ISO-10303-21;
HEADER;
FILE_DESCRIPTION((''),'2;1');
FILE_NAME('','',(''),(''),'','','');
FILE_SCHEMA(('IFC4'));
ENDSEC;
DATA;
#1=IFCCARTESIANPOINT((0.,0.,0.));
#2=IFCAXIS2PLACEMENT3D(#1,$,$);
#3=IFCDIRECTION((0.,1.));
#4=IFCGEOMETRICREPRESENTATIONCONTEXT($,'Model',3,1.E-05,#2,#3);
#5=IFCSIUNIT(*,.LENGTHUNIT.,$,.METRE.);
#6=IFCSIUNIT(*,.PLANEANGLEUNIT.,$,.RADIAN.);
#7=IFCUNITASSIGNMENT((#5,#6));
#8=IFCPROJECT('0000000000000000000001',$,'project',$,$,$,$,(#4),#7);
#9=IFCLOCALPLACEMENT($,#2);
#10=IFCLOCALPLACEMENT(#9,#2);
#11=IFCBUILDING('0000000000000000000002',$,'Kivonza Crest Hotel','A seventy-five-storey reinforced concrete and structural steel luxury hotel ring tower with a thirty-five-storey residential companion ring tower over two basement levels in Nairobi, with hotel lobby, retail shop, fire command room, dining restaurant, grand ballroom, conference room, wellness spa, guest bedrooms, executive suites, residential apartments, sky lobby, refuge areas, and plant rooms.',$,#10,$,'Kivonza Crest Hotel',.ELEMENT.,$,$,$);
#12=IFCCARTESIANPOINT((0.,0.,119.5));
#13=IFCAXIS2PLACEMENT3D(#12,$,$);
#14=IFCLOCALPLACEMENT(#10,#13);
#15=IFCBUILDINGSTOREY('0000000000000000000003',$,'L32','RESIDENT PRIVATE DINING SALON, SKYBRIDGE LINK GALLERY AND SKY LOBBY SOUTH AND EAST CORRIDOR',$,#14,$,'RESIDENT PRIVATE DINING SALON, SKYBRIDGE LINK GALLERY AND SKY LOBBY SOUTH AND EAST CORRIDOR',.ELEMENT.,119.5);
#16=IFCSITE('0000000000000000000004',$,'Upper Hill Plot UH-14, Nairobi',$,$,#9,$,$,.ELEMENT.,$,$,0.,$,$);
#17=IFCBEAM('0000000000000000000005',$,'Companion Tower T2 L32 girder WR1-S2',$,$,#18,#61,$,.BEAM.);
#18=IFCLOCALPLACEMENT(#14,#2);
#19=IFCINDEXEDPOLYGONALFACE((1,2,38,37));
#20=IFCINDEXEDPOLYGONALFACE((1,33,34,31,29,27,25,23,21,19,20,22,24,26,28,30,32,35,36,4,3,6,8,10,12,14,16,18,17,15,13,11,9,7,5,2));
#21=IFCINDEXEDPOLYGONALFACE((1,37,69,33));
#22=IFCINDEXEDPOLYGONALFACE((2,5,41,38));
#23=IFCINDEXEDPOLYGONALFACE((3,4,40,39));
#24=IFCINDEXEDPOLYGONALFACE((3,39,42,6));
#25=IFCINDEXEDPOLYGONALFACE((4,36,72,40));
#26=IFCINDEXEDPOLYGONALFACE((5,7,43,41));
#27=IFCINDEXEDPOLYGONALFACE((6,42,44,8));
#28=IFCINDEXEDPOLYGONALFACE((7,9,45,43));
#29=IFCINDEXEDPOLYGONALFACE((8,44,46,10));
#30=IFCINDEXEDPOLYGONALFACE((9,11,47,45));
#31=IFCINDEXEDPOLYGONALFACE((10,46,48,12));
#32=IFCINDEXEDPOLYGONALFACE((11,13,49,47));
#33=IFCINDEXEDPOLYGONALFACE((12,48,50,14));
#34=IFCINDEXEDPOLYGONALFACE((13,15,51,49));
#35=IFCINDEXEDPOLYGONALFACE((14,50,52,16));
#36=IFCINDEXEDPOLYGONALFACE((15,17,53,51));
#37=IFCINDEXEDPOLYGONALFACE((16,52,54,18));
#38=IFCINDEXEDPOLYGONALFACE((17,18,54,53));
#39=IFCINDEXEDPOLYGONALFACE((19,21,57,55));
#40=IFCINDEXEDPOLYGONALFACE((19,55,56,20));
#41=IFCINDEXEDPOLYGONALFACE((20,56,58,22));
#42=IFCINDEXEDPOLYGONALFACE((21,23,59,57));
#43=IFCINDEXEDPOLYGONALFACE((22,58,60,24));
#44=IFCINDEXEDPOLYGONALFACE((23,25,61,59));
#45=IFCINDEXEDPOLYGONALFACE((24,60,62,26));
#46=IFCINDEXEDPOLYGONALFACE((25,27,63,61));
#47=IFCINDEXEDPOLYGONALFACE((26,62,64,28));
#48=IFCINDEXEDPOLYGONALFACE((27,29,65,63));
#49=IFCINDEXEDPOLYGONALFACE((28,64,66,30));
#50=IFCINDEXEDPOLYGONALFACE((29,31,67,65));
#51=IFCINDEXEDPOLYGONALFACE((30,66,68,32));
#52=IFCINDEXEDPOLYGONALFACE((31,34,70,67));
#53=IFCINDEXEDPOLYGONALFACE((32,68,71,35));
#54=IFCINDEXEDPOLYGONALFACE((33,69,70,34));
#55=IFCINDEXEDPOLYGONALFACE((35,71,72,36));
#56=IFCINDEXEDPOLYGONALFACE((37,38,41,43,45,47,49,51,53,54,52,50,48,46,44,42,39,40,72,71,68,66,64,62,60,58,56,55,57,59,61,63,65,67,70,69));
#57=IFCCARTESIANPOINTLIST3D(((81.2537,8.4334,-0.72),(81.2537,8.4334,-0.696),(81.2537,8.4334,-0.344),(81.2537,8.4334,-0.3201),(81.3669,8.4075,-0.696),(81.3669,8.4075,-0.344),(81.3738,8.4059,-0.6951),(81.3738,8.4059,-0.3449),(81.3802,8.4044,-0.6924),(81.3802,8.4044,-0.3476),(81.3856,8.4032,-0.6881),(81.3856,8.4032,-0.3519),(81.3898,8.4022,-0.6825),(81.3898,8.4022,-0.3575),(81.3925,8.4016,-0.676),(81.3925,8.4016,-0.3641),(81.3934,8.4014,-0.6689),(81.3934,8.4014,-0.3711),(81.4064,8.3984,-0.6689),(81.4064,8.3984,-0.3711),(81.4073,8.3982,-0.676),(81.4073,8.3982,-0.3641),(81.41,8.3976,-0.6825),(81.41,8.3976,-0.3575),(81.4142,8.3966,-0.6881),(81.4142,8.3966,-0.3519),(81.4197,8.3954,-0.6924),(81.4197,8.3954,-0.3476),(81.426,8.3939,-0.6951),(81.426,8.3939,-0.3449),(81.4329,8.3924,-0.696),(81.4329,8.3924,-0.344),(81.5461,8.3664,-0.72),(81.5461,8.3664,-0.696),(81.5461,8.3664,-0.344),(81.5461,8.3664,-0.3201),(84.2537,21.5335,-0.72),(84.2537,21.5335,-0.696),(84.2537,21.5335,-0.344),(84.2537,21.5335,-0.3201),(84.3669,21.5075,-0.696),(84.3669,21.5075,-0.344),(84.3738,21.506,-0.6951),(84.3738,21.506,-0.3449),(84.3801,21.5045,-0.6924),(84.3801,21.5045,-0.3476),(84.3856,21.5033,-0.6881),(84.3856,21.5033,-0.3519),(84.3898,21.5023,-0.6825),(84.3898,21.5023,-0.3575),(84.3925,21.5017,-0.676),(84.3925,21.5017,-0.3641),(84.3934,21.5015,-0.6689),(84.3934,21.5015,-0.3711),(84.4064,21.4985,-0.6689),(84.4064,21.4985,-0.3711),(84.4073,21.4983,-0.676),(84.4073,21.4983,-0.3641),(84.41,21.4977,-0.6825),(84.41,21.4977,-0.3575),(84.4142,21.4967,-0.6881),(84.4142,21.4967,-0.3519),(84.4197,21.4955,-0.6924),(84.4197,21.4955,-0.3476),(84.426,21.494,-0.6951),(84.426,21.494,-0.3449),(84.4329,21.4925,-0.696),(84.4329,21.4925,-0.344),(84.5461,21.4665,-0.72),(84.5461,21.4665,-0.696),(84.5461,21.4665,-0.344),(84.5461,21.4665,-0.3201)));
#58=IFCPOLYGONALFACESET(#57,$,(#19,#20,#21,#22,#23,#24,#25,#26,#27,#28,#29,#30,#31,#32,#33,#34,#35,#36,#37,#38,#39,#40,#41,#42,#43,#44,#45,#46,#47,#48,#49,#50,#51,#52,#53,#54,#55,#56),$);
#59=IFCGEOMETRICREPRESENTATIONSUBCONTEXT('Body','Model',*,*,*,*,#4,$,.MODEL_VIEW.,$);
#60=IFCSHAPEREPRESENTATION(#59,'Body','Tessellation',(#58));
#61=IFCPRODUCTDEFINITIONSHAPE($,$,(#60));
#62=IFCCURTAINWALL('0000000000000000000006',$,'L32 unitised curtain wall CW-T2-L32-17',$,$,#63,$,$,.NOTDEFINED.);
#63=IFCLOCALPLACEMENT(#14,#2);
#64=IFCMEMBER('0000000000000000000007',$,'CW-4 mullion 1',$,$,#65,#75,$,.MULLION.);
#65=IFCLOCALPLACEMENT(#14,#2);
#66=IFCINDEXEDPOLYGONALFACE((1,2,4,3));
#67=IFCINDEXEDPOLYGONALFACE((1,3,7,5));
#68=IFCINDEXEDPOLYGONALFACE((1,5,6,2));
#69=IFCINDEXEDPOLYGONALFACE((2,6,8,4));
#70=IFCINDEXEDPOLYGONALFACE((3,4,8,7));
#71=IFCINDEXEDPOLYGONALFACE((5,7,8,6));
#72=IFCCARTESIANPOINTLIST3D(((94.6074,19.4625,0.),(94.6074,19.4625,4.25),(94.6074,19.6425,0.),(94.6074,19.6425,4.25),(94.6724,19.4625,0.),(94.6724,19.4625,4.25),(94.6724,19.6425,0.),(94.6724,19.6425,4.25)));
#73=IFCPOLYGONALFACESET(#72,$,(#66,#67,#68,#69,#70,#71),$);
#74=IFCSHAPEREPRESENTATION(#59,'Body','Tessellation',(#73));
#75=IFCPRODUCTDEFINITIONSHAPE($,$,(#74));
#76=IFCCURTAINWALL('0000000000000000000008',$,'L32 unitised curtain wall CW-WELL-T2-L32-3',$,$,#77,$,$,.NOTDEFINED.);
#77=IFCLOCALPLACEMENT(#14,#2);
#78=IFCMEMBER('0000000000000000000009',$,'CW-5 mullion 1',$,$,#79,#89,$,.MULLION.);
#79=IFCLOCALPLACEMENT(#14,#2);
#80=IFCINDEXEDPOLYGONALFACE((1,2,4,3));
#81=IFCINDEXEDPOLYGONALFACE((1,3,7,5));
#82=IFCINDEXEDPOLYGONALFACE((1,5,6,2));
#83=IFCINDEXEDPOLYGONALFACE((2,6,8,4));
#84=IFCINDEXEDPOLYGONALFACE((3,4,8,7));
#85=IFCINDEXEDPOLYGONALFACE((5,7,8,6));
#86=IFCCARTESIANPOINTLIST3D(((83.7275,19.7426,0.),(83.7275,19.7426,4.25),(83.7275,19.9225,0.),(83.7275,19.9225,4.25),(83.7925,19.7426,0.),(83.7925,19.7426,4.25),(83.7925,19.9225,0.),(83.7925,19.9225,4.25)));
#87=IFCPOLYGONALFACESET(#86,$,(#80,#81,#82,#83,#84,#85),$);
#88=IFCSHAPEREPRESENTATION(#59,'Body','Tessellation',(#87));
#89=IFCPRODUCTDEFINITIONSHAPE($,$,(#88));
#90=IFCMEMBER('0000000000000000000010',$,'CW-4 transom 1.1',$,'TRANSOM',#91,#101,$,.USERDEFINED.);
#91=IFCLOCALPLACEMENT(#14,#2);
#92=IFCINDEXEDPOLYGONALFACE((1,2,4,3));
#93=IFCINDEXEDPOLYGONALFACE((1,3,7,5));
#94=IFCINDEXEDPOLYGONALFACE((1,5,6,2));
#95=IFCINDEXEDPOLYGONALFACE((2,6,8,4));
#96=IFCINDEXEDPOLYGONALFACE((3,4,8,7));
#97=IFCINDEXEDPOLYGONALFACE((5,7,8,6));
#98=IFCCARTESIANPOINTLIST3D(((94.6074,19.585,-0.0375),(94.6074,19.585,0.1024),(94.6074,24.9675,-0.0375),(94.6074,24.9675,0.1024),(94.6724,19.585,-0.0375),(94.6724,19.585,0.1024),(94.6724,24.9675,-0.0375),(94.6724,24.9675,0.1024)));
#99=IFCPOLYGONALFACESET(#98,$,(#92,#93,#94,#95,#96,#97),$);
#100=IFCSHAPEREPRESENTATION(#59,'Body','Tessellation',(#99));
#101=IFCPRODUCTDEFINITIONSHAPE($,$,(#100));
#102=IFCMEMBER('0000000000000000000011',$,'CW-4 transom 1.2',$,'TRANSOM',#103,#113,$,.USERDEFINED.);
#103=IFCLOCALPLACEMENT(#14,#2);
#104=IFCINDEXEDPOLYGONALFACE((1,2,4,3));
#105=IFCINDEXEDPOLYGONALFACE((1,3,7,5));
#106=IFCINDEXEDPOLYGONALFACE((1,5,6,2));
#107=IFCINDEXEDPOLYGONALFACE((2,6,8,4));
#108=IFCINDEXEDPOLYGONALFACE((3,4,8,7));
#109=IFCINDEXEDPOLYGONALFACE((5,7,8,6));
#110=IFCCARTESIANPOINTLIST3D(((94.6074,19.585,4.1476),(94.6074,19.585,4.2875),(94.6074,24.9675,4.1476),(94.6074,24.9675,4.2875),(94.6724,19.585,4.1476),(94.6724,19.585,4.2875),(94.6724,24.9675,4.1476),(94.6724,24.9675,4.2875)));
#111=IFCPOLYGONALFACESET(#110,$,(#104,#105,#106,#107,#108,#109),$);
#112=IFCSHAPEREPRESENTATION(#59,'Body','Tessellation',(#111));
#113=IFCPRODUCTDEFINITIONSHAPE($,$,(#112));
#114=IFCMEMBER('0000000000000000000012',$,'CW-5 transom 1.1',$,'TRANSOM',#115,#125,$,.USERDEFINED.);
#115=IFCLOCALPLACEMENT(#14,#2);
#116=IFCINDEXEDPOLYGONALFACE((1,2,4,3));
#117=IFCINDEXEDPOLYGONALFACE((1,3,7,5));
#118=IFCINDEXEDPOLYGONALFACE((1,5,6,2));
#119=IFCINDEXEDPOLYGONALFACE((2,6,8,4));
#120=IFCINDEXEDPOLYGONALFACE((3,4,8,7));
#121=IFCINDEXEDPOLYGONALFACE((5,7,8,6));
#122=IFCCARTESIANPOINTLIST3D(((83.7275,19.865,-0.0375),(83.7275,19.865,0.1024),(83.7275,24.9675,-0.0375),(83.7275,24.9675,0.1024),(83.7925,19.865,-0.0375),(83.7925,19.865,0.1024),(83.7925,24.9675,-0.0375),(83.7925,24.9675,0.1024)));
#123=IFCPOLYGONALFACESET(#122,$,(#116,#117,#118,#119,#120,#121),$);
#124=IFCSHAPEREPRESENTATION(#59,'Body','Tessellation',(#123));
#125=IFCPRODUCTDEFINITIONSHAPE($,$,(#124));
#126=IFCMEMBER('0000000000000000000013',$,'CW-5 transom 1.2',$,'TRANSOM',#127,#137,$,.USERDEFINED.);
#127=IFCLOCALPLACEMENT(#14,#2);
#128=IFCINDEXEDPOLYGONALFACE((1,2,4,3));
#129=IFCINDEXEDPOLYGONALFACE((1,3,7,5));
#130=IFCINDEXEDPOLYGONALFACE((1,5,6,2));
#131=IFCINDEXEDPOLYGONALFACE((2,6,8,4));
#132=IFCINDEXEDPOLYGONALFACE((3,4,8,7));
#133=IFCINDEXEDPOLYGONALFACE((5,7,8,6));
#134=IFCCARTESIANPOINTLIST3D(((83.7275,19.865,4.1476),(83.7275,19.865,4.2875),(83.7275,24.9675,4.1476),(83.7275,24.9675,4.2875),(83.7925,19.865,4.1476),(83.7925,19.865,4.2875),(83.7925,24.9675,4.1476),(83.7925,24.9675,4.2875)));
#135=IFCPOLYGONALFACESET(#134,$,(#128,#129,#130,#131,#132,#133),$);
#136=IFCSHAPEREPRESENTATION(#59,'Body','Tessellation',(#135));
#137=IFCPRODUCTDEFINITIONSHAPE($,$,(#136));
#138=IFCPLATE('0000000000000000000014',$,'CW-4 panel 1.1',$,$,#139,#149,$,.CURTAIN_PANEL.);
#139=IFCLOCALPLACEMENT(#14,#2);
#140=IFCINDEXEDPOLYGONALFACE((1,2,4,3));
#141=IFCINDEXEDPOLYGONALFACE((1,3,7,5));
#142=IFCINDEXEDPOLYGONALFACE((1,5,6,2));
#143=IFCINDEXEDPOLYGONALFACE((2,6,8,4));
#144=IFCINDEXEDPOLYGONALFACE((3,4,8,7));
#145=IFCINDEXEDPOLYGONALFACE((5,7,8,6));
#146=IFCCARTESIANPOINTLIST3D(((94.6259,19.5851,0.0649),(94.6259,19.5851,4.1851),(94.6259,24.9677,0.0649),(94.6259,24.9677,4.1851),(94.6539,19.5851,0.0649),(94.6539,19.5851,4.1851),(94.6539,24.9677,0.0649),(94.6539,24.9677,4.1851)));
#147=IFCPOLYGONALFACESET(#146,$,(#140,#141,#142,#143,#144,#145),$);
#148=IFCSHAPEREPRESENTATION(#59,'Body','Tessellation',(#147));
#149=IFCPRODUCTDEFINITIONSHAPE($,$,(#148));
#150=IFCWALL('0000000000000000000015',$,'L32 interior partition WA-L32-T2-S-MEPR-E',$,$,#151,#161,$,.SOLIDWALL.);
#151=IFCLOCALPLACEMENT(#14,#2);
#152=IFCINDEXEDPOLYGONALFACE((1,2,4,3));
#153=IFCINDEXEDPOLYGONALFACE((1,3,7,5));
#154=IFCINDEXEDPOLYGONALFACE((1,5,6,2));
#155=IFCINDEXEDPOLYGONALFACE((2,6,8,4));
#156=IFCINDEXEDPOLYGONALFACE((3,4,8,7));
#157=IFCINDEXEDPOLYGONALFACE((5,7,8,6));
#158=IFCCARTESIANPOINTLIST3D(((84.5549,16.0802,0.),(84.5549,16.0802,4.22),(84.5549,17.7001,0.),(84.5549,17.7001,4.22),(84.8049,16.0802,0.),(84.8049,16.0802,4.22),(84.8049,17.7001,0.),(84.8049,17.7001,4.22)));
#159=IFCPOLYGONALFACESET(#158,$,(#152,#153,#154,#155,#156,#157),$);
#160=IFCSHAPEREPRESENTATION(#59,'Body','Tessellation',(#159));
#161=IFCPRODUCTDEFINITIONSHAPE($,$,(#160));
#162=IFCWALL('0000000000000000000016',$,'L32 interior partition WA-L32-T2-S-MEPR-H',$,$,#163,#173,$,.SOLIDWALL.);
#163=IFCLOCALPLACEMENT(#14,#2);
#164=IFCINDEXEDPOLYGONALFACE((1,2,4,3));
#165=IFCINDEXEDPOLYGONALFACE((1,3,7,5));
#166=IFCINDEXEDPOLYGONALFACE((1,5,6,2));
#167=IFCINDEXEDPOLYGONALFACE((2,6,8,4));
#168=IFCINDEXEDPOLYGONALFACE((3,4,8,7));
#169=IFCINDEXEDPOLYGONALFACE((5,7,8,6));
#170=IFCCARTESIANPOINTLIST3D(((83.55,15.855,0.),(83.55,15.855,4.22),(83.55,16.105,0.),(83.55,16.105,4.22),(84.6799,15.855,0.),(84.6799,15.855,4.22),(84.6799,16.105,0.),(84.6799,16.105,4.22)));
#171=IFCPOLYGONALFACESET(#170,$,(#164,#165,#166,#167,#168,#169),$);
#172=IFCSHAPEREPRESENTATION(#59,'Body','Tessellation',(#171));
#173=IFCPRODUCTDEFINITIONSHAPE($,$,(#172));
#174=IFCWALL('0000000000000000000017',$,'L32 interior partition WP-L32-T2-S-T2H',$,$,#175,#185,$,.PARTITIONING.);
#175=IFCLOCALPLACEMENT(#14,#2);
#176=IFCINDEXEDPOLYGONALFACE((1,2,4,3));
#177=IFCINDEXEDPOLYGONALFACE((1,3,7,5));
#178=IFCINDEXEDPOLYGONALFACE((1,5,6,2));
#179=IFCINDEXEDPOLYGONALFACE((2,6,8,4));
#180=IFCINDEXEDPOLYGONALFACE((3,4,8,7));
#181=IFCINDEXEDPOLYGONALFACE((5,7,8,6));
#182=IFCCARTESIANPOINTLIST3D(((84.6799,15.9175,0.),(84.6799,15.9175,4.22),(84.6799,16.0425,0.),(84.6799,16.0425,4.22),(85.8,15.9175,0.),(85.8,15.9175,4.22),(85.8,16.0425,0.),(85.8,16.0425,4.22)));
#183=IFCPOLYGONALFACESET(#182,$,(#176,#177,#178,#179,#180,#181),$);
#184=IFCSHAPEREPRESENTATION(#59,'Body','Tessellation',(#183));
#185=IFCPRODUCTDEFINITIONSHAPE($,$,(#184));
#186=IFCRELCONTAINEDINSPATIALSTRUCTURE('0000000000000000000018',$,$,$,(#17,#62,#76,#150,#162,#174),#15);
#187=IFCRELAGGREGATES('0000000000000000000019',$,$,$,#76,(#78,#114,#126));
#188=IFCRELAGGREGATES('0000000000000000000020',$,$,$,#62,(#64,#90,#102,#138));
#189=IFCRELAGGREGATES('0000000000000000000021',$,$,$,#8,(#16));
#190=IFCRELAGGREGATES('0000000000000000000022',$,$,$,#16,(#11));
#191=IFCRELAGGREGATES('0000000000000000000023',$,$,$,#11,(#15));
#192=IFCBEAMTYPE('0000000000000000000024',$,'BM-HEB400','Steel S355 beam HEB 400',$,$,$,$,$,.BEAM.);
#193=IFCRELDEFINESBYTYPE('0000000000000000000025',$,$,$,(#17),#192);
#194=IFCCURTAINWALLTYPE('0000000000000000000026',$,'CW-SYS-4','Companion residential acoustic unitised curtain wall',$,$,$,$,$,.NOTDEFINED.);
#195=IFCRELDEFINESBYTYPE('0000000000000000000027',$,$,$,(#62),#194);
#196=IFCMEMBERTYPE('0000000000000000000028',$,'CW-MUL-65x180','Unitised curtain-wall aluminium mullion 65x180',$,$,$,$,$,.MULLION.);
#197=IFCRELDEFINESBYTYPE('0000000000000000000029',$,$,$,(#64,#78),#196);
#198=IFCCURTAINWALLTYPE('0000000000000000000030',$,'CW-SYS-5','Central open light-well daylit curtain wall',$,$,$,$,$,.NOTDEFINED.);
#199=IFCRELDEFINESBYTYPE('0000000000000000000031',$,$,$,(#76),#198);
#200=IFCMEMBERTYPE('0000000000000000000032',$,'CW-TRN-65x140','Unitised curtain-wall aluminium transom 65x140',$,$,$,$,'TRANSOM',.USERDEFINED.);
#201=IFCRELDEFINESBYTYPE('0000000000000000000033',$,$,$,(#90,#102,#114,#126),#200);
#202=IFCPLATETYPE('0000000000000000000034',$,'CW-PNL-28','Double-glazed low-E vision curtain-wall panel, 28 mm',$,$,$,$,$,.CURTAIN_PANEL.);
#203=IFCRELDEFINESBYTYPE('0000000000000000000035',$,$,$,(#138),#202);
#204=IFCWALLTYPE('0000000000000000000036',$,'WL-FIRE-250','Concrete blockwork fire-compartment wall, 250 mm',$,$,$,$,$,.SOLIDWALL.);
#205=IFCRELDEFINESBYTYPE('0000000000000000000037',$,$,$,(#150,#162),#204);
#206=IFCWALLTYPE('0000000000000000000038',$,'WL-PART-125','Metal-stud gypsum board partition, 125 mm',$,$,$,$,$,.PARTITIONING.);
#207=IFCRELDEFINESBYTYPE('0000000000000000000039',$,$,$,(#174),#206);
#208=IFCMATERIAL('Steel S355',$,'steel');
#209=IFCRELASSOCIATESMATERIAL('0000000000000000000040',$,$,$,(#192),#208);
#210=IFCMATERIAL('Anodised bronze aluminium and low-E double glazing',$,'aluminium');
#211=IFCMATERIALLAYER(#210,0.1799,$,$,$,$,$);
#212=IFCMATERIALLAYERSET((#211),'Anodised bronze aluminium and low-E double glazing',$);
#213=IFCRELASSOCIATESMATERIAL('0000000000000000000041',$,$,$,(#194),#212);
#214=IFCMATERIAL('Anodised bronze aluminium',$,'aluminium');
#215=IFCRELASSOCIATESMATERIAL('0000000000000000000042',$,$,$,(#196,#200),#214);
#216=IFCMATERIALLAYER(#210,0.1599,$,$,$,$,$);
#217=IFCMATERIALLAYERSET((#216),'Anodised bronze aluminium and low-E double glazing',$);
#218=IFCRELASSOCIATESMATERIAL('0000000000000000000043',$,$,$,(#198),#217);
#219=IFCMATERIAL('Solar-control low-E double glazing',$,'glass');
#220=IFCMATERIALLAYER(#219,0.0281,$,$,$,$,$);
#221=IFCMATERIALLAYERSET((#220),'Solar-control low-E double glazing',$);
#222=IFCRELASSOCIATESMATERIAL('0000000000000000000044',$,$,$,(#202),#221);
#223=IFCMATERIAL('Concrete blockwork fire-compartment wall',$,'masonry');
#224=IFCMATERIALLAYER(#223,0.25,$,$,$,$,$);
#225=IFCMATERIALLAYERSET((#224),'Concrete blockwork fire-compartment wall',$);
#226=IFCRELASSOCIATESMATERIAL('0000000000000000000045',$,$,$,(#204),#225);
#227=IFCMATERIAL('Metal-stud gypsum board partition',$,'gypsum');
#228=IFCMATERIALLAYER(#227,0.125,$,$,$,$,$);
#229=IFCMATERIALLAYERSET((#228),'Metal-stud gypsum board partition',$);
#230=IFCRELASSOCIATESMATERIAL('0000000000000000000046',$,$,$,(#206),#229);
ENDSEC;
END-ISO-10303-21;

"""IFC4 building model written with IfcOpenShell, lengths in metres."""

from ifc_helpers import new_model, si_unit, direction, frame, frame_2d, origin, origin_2d, place, context, subcontext, project, spatial, rectangle, i_section, extrude, material, layer, layer_set, material_profile, profile_set, type_object, element, aggregate, save


model = new_model("IFC4")

# Units and contexts
model_context = context("Model", 3, precision=1e-05, world=origin(), true_north=direction((0.0, 1.0)))
body_context = subcontext(model_context, "Body", "Model", "MODEL_VIEW")
ifc_project = project(units=[si_unit("LENGTHUNIT", "METRE"), si_unit("PLANEANGLEUNIT", "RADIAN")], contexts=[model_context])

# Site, building, storey
site_placement = place(None, origin())
site = spatial("IfcSite", under=ifc_project, at=site_placement, Name="Upper Hill Plot UH-14, Nairobi", CompositionType="ELEMENT", RefElevation=0.0)
building_placement = place(site_placement, origin())
building = spatial("IfcBuilding", under=site, at=building_placement, Name="Kivonza Crest Hotel", Description="A seventy-five-storey reinforced concrete and structural steel luxury hotel ring tower with a thirty-five-storey residential companion ring tower over two basement levels in Nairobi, with hotel lobby, retail shop, fire command room, dining restaurant, grand ballroom, conference room, wellness spa, guest bedrooms, executive suites, residential apartments, sky lobby, refuge areas, and plant rooms.", LongName="Kivonza Crest Hotel", CompositionType="ELEMENT")
storey_placement = place(building_placement, frame((0.0, 0.0, 119.5)))
storey = spatial("IfcBuildingStorey", under=building, at=storey_placement, Name="L32", Description="RESIDENT PRIVATE DINING SALON, SKYBRIDGE LINK GALLERY AND SKY LOBBY SOUTH AND EAST CORRIDOR", LongName="RESIDENT PRIVATE DINING SALON, SKYBRIDGE LINK GALLERY AND SKY LOBBY SOUTH AND EAST CORRIDOR", CompositionType="ELEMENT", Elevation=119.5)

# Beam
ifc_material_1 = material(Name="Steel S355", Category="steel")
ifc_material_profile_1 = material_profile(ifc_material_1, i_section(OverallWidth=0.3, OverallDepth=0.3999, WebThickness=0.0134, FlangeThickness=0.0239, FilletRadius=0.0271, at=origin_2d()), Name="HEB 400")
ifc_profile_set_1 = profile_set([ifc_material_profile_1], Name="Steel S355")
beam_type_1 = type_object("IfcBeamType", Name="BM-HEB400", Description="Steel S355 beam HEB 400", PredefinedType="BEAM", material=ifc_profile_set_1)
beam_1_placement = place(storey_placement, frame((84.3999, 21.5, -0.52), z_axis=(-0.223227, -0.974766, 0.0), x_axis=(0.974766, -0.223227, 0.0)))
element("IfcBeam", 1, at=beam_1_placement, inside=storey, type_object=beam_type_1, Name="Companion Tower T2 L32 girder WR1-S2", PredefinedType="BEAM", context=body_context, shape_type="SweptSolid", body=[
    extrude(i_section(OverallWidth=0.3, OverallDepth=0.3999, WebThickness=0.0134, FlangeThickness=0.0239, FilletRadius=0.0271, at=origin_2d()), origin(), (0.0, 0.0, 1.0), 13.4392),
])

# Curtain walls, members
ifc_material_2 = material(Name="Anodised bronze aluminium and low-E double glazing", Category="aluminium")
ifc_layer_1 = layer(ifc_material_2, 0.1799)
ifc_layer_set_1 = layer_set([ifc_layer_1], Name="Anodised bronze aluminium and low-E double glazing")
curtain_wall_type_1 = type_object("IfcCurtainWallType", Name="CW-SYS-4", Description="Companion residential acoustic unitised curtain wall", PredefinedType="NOTDEFINED", material=ifc_layer_set_1)
curtain_wall_1_placement = place(storey_placement, origin())
curtain_wall_1 = element("IfcCurtainWall", 2, at=curtain_wall_1_placement, inside=storey, type_object=curtain_wall_type_1, Name="L32 unitised curtain wall CW-T2-L32-17", PredefinedType="NOTDEFINED")
ifc_material_3 = material(Name="Anodised bronze aluminium", Category="aluminium")
ifc_material_profile_2 = material_profile(ifc_material_3, rectangle(XDim=0.0649, YDim=0.1799, at=origin_2d()), Name="CW-M 65x180")
ifc_profile_set_2 = profile_set([ifc_material_profile_2], Name="Anodised bronze aluminium")
member_type_1 = type_object("IfcMemberType", Name="CW-MUL-65x180", Description="Unitised curtain-wall aluminium mullion 65x180", PredefinedType="MULLION", material=ifc_profile_set_2)
member_1_placement = place(storey_placement, frame((94.6399, 19.5525, 0.0), z_axis=(0.0, 0.0, 1.0), x_axis=(-1.0, 0.0, 0.0)))
member_1 = element("IfcMember", 3, at=member_1_placement, type_object=member_type_1, Name="CW-4 mullion 1", PredefinedType="MULLION", context=body_context, shape_type="SweptSolid", body=[
    extrude(rectangle(XDim=0.0649, YDim=0.1799, at=origin_2d()), origin(), (0.0, 0.0, 1.0), 4.25),
])
ifc_layer_2 = layer(ifc_material_2, 0.1599)
ifc_layer_set_2 = layer_set([ifc_layer_2], Name="Anodised bronze aluminium and low-E double glazing")
curtain_wall_type_2 = type_object("IfcCurtainWallType", Name="CW-SYS-5", Description="Central open light-well daylit curtain wall", PredefinedType="NOTDEFINED", material=ifc_layer_set_2)
curtain_wall_2_placement = place(storey_placement, origin())
curtain_wall_2 = element("IfcCurtainWall", 4, at=curtain_wall_2_placement, inside=storey, type_object=curtain_wall_type_2, Name="L32 unitised curtain wall CW-WELL-T2-L32-3", PredefinedType="NOTDEFINED")
member_2_placement = place(storey_placement, frame((83.76, 19.8325, 0.0), z_axis=(0.0, 0.0, 1.0), x_axis=(-1.0, 0.0, 0.0)))
member_2 = element("IfcMember", 5, at=member_2_placement, type_object=member_type_1, Name="CW-5 mullion 1", PredefinedType="MULLION", context=body_context, shape_type="SweptSolid", body=[
    extrude(rectangle(XDim=0.0649, YDim=0.1799, at=origin_2d()), origin(), (0.0, 0.0, 1.0), 4.25),
])

# Members
ifc_material_profile_3 = material_profile(ifc_material_3, rectangle(XDim=0.0649, YDim=0.1399, at=origin_2d()), Name="CW-T 65x140")
ifc_profile_set_3 = profile_set([ifc_material_profile_3], Name="Anodised bronze aluminium")
member_type_2 = type_object("IfcMemberType", Name="CW-TRN-65x140", Description="Unitised curtain-wall aluminium transom 65x140", ElementType="TRANSOM", PredefinedType="USERDEFINED", material=ifc_profile_set_3)
member_3_placement = place(storey_placement, frame((94.6399, 19.585, 0.0325), z_axis=(0.0, 1.0, 0.0), x_axis=(-1.0, 0.0, 0.0)))
member_3 = element("IfcMember", 6, at=member_3_placement, type_object=member_type_2, Name="CW-4 transom 1.1", ObjectType="TRANSOM", PredefinedType="USERDEFINED", context=body_context, shape_type="SweptSolid", body=[
    extrude(rectangle(XDim=0.0649, YDim=0.1399, at=origin_2d()), origin(), (0.0, 0.0, 1.0), 5.3826),
])
member_4_placement = place(storey_placement, frame((94.6399, 19.585, 4.2175), z_axis=(0.0, 1.0, 0.0), x_axis=(-1.0, 0.0, 0.0)))
member_4 = element("IfcMember", 7, at=member_4_placement, type_object=member_type_2, Name="CW-4 transom 1.2", ObjectType="TRANSOM", PredefinedType="USERDEFINED", context=body_context, shape_type="SweptSolid", body=[
    extrude(rectangle(XDim=0.0649, YDim=0.1399, at=origin_2d()), origin(), (0.0, 0.0, 1.0), 5.3826),
])
member_5_placement = place(storey_placement, frame((83.76, 19.865, 0.0325), z_axis=(0.0, 1.0, 0.0), x_axis=(-1.0, 0.0, 0.0)))
member_5 = element("IfcMember", 8, at=member_5_placement, type_object=member_type_2, Name="CW-5 transom 1.1", ObjectType="TRANSOM", PredefinedType="USERDEFINED", context=body_context, shape_type="SweptSolid", body=[
    extrude(rectangle(XDim=0.0649, YDim=0.1399, at=origin_2d()), origin(), (0.0, 0.0, 1.0), 5.1025),
])
member_6_placement = place(storey_placement, frame((83.76, 19.865, 4.2175), z_axis=(0.0, 1.0, 0.0), x_axis=(-1.0, 0.0, 0.0)))
member_6 = element("IfcMember", 9, at=member_6_placement, type_object=member_type_2, Name="CW-5 transom 1.2", ObjectType="TRANSOM", PredefinedType="USERDEFINED", context=body_context, shape_type="SweptSolid", body=[
    extrude(rectangle(XDim=0.0649, YDim=0.1399, at=origin_2d()), origin(), (0.0, 0.0, 1.0), 5.1025),
])
aggregate(curtain_wall_2, [member_2, member_5, member_6])

# Plate
ifc_material_4 = material(Name="Solar-control low-E double glazing", Category="glass")
ifc_layer_3 = layer(ifc_material_4, 0.0281)
ifc_layer_set_3 = layer_set([ifc_layer_3], Name="Solar-control low-E double glazing")
plate_type = type_object("IfcPlateType", Name="CW-PNL-28", Description="Double-glazed low-E vision curtain-wall panel, 28 mm", PredefinedType="CURTAIN_PANEL", material=ifc_layer_set_3)
plate_placement = place(storey_placement, frame((94.6399, 22.2764, 0.0649), z_axis=(0.0, 0.0, 1.0), x_axis=(0.0, 1.0, 0.0)))
plate = element("IfcPlate", 10, at=plate_placement, type_object=plate_type, Name="CW-4 panel 1.1", PredefinedType="CURTAIN_PANEL", context=body_context, shape_type="SweptSolid", body=[
    extrude(rectangle(XDim=5.3826, YDim=0.0281, at=origin_2d()), origin(), (0.0, 0.0, 1.0), 4.1201),
])
aggregate(curtain_wall_1, [member_1, member_3, member_4, plate])

# Walls
ifc_material_5 = material(Name="Concrete blockwork fire-compartment wall", Category="masonry")
ifc_layer_4 = layer(ifc_material_5, 0.25)
ifc_layer_set_4 = layer_set([ifc_layer_4], Name="Concrete blockwork fire-compartment wall")
wall_type_1 = type_object("IfcWallType", Name="WL-FIRE-250", Description="Concrete blockwork fire-compartment wall, 250 mm", PredefinedType="SOLIDWALL", material=ifc_layer_set_4)
wall_1_placement = place(storey_placement, frame((84.6799, 16.0801, 0.0), z_axis=(0.0, 0.0, 1.0), x_axis=(0.0, 1.0, 0.0)))
element("IfcWall", 11, at=wall_1_placement, inside=storey, type_object=wall_type_1, Name="L32 interior partition WA-L32-T2-S-MEPR-E", PredefinedType="SOLIDWALL", context=body_context, shape_type="SweptSolid", body=[
    extrude(rectangle(XDim=1.6199, YDim=0.25, at=frame_2d((0.8101, 0.0))), origin(), (0.0, 0.0, 1.0), 4.22),
])
wall_2_placement = place(storey_placement, frame((83.55, 15.98, 0.0), z_axis=(0.0, 0.0, 1.0), x_axis=(1.0, 0.0, 0.0)))
element("IfcWall", 12, at=wall_2_placement, inside=storey, type_object=wall_type_1, Name="L32 interior partition WA-L32-T2-S-MEPR-H", PredefinedType="SOLIDWALL", context=body_context, shape_type="SweptSolid", body=[
    extrude(rectangle(XDim=1.1299, YDim=0.25, at=frame_2d((0.5649, 0.0))), origin(), (0.0, 0.0, 1.0), 4.22),
])
ifc_material_6 = material(Name="Metal-stud gypsum board partition", Category="gypsum")
ifc_layer_5 = layer(ifc_material_6, 0.125)
ifc_layer_set_5 = layer_set([ifc_layer_5], Name="Metal-stud gypsum board partition")
wall_type_2 = type_object("IfcWallType", Name="WL-PART-125", Description="Metal-stud gypsum board partition, 125 mm", PredefinedType="PARTITIONING", material=ifc_layer_set_5)
wall_3_placement = place(storey_placement, frame((84.6799, 15.98, 0.0), z_axis=(0.0, 0.0, 1.0), x_axis=(1.0, 0.0, 0.0)))
element("IfcWall", 13, at=wall_3_placement, inside=storey, type_object=wall_type_2, Name="L32 interior partition WP-L32-T2-S-T2H", PredefinedType="PARTITIONING", context=body_context, shape_type="SweptSolid", body=[
    extrude(rectangle(XDim=1.1201, YDim=0.125, at=frame_2d((0.5601, 0.0))), origin(), (0.0, 0.0, 1.0), 4.22),
])

save(model, "model.ifc")
